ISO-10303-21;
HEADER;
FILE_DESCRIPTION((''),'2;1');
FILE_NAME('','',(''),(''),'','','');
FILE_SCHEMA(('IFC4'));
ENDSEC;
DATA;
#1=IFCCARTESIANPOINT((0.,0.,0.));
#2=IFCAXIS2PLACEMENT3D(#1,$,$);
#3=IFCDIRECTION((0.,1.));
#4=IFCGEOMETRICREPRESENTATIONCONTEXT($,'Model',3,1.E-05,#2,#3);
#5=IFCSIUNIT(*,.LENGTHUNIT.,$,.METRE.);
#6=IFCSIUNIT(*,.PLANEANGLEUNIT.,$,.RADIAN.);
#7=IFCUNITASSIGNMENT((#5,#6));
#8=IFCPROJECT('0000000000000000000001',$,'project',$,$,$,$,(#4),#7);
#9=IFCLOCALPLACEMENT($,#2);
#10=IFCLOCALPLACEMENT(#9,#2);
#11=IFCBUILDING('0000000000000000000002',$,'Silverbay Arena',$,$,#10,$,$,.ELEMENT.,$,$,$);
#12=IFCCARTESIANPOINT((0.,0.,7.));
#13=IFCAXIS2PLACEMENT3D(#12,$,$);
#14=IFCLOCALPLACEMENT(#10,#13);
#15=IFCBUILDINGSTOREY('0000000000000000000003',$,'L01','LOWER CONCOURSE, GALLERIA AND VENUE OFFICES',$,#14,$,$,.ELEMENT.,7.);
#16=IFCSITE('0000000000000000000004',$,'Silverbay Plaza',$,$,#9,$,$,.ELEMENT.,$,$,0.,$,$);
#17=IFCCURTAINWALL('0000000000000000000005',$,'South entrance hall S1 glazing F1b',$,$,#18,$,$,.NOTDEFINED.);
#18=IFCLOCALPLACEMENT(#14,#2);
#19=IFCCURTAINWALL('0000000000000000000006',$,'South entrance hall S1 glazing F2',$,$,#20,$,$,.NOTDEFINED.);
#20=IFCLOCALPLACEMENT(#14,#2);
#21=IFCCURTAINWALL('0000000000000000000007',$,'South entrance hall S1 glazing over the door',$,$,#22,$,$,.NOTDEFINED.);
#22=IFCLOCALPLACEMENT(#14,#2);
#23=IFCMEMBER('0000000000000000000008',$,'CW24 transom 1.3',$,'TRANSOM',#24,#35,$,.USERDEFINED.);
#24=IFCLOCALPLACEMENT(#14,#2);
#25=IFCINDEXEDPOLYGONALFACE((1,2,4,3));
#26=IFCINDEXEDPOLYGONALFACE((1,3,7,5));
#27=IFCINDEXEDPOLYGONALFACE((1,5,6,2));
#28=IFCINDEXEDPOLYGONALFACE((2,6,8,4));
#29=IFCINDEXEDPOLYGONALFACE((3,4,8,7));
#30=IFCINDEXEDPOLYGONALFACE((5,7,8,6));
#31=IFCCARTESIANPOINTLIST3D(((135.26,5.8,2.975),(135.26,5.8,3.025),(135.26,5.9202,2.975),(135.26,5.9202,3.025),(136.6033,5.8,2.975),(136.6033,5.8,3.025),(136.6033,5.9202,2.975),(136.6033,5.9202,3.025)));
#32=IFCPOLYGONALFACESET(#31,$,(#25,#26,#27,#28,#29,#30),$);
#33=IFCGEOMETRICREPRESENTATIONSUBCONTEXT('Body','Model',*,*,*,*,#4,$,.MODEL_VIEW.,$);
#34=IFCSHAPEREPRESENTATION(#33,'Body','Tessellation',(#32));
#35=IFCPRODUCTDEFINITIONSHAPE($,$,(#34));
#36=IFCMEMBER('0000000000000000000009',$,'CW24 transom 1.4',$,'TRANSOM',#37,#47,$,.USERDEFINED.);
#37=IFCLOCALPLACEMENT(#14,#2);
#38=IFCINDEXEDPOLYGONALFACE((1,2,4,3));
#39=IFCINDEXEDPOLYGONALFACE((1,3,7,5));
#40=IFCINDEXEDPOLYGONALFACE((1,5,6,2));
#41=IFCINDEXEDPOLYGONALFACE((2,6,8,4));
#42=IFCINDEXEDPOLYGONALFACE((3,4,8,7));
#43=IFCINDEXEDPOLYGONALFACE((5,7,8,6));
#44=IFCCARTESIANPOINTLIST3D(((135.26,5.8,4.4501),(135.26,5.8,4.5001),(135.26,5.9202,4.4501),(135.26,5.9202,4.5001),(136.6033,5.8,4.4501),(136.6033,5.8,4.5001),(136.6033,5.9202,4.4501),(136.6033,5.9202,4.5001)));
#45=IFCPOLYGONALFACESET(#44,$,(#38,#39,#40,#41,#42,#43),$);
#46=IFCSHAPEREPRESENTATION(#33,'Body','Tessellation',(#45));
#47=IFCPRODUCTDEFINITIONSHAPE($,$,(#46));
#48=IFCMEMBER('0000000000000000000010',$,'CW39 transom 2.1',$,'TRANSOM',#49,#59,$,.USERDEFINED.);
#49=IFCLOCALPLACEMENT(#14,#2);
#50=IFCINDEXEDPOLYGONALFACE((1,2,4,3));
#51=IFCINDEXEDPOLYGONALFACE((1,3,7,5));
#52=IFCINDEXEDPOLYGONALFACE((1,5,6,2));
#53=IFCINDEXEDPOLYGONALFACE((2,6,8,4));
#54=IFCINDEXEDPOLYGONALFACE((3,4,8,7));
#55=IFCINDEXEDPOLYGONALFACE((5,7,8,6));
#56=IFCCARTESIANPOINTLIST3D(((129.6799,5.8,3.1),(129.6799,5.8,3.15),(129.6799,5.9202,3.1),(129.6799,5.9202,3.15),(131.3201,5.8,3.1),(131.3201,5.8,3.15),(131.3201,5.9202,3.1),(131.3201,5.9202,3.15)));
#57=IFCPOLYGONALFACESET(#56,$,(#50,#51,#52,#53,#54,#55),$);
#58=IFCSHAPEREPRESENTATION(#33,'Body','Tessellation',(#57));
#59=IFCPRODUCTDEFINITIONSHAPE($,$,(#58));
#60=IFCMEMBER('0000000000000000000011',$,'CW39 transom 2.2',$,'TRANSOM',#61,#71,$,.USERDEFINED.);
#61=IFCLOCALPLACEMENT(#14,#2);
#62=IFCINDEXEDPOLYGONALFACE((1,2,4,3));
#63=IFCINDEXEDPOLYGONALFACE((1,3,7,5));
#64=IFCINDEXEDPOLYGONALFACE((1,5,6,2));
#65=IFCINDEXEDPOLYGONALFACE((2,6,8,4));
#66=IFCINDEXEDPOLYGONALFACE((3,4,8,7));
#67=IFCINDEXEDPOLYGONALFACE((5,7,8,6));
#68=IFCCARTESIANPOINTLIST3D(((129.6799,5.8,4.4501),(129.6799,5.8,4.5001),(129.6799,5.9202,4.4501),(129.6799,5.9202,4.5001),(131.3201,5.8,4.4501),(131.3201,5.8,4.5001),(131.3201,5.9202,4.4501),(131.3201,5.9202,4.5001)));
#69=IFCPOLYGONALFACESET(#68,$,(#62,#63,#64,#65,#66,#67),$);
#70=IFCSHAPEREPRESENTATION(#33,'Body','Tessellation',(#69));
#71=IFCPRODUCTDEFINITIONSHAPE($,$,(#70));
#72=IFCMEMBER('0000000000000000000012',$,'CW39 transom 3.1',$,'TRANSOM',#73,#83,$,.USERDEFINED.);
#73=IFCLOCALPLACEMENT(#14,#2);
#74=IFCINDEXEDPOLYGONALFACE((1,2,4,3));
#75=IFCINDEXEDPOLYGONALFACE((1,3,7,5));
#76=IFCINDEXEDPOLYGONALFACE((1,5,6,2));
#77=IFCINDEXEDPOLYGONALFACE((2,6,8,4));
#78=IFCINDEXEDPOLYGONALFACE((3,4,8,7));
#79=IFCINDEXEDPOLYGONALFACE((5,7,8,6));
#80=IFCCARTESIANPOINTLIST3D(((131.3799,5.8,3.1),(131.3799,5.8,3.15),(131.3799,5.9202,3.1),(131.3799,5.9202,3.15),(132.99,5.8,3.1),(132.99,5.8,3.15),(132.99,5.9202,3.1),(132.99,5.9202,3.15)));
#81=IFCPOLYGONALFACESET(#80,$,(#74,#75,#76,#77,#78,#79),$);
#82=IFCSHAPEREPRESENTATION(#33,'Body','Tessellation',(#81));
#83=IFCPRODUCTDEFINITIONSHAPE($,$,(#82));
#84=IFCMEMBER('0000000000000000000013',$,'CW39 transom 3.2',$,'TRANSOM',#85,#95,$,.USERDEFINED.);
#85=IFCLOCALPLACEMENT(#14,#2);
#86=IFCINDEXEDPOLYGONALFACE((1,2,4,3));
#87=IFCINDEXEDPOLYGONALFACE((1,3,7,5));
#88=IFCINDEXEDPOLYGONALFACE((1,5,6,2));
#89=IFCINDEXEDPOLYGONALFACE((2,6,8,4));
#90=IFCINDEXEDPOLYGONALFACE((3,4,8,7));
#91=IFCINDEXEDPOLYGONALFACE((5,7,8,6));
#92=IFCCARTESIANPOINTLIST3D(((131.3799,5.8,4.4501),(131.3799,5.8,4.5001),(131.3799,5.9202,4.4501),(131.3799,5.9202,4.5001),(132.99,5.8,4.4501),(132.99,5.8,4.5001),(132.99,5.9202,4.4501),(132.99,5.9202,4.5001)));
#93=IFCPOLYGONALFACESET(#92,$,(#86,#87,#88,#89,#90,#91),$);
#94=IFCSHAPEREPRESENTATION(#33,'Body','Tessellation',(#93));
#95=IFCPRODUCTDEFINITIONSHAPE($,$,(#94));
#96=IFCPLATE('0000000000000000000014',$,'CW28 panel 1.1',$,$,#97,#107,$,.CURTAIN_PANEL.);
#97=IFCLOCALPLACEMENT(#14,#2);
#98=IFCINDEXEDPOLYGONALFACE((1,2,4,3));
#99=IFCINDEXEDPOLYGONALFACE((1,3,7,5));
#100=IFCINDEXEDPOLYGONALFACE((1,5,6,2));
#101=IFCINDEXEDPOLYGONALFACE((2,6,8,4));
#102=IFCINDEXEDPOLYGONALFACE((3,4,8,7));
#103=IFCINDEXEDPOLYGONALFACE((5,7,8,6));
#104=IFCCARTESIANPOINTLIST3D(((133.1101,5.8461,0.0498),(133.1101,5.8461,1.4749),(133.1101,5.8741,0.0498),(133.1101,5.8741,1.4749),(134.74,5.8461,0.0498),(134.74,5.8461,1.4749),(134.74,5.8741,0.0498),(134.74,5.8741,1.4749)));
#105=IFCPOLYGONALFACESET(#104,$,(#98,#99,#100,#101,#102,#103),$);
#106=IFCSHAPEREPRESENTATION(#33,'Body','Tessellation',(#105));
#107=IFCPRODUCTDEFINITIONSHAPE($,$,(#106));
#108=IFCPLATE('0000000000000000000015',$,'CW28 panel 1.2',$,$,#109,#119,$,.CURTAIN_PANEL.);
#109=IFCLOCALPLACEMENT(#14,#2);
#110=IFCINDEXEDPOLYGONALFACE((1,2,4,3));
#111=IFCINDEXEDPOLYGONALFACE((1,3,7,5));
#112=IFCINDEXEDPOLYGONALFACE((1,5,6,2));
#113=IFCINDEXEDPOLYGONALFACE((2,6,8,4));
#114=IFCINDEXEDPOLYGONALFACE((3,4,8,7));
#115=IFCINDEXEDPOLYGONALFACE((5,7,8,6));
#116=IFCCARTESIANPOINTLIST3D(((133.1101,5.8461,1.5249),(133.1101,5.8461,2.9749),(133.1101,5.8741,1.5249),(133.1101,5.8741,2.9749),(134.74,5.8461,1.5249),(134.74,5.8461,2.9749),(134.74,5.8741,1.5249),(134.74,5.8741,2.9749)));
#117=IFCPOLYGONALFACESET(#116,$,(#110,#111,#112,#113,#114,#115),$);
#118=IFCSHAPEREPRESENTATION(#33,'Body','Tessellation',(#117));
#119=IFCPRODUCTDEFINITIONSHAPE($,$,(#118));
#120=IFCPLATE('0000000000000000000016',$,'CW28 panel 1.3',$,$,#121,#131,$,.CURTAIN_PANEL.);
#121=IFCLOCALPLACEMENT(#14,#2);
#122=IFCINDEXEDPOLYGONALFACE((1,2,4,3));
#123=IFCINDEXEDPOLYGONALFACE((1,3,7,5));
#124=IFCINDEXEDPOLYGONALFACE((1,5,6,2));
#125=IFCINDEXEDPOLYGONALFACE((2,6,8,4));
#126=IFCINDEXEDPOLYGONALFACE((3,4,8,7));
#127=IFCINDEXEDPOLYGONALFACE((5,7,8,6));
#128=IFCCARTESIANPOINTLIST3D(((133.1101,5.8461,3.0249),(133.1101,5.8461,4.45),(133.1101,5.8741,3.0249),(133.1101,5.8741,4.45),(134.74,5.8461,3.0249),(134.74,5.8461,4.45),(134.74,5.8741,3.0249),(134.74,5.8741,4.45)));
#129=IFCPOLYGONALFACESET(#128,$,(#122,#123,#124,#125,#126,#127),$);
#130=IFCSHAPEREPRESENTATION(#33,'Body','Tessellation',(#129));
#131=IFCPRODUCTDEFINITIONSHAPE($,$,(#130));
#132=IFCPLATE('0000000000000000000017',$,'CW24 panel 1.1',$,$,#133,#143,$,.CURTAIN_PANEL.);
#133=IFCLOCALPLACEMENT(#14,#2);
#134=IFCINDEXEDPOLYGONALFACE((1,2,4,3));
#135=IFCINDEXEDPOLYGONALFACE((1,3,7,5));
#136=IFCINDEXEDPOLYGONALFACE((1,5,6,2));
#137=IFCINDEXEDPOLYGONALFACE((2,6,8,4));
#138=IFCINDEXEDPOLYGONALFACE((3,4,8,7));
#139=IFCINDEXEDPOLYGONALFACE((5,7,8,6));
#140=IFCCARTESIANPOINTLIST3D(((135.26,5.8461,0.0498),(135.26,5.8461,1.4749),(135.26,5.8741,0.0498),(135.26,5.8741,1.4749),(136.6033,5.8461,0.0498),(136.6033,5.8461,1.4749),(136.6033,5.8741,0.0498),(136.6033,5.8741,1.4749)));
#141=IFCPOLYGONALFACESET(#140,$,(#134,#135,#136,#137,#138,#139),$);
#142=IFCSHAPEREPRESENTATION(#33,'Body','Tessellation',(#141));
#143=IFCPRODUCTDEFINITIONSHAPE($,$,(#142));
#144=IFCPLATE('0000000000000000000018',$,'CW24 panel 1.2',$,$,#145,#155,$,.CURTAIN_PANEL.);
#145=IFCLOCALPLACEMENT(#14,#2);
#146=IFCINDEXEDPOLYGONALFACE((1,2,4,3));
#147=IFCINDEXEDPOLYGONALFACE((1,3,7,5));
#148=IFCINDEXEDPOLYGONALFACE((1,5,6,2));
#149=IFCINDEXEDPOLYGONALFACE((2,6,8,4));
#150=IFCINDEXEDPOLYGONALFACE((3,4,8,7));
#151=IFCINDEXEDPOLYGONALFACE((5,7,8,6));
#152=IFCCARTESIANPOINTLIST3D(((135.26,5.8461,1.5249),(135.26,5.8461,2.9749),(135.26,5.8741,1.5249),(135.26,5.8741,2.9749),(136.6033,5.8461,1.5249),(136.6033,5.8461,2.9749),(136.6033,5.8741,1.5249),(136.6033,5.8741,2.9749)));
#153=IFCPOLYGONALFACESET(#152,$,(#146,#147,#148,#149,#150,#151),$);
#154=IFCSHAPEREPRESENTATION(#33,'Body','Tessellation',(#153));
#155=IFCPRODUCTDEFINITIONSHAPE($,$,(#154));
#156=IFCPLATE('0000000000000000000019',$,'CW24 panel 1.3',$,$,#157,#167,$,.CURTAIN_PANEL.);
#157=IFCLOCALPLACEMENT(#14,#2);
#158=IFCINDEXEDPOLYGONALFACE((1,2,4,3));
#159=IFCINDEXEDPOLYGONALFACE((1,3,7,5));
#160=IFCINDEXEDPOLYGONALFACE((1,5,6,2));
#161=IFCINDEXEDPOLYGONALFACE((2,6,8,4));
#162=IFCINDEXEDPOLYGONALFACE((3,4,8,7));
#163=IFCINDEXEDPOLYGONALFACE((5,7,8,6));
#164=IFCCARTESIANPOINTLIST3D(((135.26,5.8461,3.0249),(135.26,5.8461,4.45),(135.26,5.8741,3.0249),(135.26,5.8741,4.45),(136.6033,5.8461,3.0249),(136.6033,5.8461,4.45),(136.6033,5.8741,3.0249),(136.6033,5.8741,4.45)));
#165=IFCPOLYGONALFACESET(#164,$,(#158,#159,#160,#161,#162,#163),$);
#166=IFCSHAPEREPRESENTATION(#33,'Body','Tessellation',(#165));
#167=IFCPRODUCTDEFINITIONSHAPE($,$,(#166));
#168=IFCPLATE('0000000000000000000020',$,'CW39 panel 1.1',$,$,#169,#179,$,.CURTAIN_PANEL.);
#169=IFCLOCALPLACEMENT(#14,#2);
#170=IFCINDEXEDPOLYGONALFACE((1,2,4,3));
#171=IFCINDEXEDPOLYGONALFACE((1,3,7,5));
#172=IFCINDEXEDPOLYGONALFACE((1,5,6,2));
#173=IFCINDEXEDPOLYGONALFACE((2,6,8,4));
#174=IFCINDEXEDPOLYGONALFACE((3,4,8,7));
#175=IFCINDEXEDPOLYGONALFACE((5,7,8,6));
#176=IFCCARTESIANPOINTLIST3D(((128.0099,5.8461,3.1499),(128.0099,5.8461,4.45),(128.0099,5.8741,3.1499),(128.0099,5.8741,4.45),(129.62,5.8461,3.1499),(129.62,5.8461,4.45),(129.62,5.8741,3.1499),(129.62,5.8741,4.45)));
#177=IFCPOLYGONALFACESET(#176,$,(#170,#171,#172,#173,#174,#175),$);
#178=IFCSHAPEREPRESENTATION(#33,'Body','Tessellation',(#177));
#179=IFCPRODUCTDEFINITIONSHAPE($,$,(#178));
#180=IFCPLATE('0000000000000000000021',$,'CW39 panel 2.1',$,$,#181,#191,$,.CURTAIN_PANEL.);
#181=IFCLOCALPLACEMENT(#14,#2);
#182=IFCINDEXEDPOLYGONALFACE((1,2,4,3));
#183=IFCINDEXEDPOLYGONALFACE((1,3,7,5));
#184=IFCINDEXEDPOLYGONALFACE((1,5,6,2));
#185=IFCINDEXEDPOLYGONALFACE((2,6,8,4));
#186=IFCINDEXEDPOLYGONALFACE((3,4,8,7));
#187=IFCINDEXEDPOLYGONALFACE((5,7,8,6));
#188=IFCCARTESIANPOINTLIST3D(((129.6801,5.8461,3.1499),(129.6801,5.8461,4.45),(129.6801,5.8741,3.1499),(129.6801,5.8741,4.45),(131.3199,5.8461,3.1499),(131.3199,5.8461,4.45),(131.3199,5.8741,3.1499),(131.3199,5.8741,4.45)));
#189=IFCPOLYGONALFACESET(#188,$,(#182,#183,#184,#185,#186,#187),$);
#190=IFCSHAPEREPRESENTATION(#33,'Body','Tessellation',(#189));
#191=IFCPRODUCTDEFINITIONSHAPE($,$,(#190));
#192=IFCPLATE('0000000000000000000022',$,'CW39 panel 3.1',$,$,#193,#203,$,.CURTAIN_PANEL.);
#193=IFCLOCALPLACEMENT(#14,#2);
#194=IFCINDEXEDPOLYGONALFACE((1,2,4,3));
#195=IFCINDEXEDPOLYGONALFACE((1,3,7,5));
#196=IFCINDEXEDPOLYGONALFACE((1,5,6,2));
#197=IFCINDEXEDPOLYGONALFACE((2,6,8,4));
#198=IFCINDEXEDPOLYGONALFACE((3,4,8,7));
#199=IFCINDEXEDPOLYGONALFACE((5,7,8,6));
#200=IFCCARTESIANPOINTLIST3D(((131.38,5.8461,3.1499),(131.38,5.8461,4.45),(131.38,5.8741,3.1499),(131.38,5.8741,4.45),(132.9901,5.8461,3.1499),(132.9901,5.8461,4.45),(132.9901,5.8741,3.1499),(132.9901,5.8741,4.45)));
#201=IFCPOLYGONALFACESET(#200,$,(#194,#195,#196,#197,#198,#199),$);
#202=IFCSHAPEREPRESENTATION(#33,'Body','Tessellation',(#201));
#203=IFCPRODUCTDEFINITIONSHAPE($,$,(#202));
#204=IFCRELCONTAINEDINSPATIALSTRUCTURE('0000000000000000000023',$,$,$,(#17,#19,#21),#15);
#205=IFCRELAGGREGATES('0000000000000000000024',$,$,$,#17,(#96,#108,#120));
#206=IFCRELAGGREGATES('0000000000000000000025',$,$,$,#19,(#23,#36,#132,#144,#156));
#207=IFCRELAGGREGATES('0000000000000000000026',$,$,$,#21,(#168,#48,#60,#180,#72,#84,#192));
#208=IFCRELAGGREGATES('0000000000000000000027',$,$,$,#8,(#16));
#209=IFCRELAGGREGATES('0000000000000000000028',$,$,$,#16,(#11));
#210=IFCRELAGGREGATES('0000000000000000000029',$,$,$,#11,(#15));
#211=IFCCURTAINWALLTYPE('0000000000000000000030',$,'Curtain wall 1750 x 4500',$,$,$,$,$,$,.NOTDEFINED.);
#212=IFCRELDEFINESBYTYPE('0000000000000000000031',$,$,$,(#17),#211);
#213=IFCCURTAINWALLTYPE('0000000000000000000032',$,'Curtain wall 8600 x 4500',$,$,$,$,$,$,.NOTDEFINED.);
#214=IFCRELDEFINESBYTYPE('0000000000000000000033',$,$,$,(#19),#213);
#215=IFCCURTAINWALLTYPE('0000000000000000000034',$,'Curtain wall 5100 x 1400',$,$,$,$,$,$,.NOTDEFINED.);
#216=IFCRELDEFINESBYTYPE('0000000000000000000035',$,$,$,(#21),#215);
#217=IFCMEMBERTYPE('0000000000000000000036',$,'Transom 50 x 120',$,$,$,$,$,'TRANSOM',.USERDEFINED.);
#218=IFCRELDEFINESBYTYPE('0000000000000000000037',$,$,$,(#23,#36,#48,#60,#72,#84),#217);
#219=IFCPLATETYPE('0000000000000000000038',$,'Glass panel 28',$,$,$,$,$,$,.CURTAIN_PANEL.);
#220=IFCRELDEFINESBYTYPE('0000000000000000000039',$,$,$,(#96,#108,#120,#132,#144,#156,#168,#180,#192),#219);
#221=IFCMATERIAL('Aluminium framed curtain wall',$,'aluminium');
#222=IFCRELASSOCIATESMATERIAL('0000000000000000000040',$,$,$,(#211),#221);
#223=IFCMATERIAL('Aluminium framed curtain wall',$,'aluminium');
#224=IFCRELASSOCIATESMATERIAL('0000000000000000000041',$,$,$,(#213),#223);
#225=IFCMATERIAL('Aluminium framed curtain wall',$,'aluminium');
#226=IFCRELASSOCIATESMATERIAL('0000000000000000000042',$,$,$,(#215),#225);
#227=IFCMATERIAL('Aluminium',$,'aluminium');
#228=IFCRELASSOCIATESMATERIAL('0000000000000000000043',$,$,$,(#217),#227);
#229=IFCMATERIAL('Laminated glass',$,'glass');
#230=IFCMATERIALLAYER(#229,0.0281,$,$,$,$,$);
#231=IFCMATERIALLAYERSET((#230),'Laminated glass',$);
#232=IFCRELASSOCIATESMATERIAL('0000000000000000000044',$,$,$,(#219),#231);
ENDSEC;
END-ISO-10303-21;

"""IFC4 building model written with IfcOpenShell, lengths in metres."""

from ifc_helpers import new_model, si_unit, direction, frame, origin, origin_2d, place, context, subcontext, project, spatial, rectangle, extrude, material, layer, layer_set, material_profile, profile_set, type_object, element, aggregate, save


model = new_model("IFC4")

# Units and contexts
model_context = context("Model", 3, precision=1e-05, world=origin(), true_north=direction((0.0, 1.0)))
body_context = subcontext(model_context, "Body", "Model", "MODEL_VIEW")
ifc_project = project(units=[si_unit("LENGTHUNIT", "METRE"), si_unit("PLANEANGLEUNIT", "RADIAN")], contexts=[model_context])

# Site, building, storey
site_placement = place(None, origin())
site = spatial("IfcSite", under=ifc_project, at=site_placement, Name="Silverbay Plaza", CompositionType="ELEMENT", RefElevation=0.0)
building_placement = place(site_placement, origin())
building = spatial("IfcBuilding", under=site, at=building_placement, Name="Silverbay Arena", CompositionType="ELEMENT")
storey_placement = place(building_placement, frame((0.0, 0.0, 7.0)))
storey = spatial("IfcBuildingStorey", under=building, at=storey_placement, Name="L01", Description="LOWER CONCOURSE, GALLERIA AND VENUE OFFICES", CompositionType="ELEMENT", Elevation=7.0)

# Curtain wall
ifc_material_1 = material(Name="Aluminium framed curtain wall", Category="aluminium")
curtain_wall_type_1 = type_object("IfcCurtainWallType", Name="Curtain wall 1750 x 4500", PredefinedType="NOTDEFINED", material=ifc_material_1)
curtain_wall_1_placement = place(storey_placement, origin())
curtain_wall_1 = element("IfcCurtainWall", 1, at=curtain_wall_1_placement, inside=storey, type_object=curtain_wall_type_1, Name="South entrance hall S1 glazing F1b", PredefinedType="NOTDEFINED")

# Curtain wall
ifc_material_2 = material(Name="Aluminium framed curtain wall", Category="aluminium")
curtain_wall_type_2 = type_object("IfcCurtainWallType", Name="Curtain wall 8600 x 4500", PredefinedType="NOTDEFINED", material=ifc_material_2)
curtain_wall_2_placement = place(storey_placement, origin())
curtain_wall_2 = element("IfcCurtainWall", 2, at=curtain_wall_2_placement, inside=storey, type_object=curtain_wall_type_2, Name="South entrance hall S1 glazing F2", PredefinedType="NOTDEFINED")

# Curtain wall
ifc_material_3 = material(Name="Aluminium framed curtain wall", Category="aluminium")
curtain_wall_type_3 = type_object("IfcCurtainWallType", Name="Curtain wall 5100 x 1400", PredefinedType="NOTDEFINED", material=ifc_material_3)
curtain_wall_3_placement = place(storey_placement, origin())
curtain_wall_3 = element("IfcCurtainWall", 3, at=curtain_wall_3_placement, inside=storey, type_object=curtain_wall_type_3, Name="South entrance hall S1 glazing over the door", PredefinedType="NOTDEFINED")

# Members
ifc_material_4 = material(Name="Aluminium", Category="aluminium")
ifc_material_profile_1 = material_profile(ifc_material_4, rectangle(XDim=0.1201, YDim=0.05, at=origin_2d()), Name="Transom 50 x 120")
ifc_profile_set_1 = profile_set([ifc_material_profile_1], Name="Aluminium")
member_type_1 = type_object("IfcMemberType", Name="Transom 50 x 120", ElementType="TRANSOM", PredefinedType="USERDEFINED", material=ifc_profile_set_1)
member_1_placement = place(storey_placement, frame((135.26, 5.8601, 3.0), z_axis=(1.0, 0.0, 0.0), x_axis=(0.0, 1.0, 0.0)))
member_1 = element("IfcMember", 4, at=member_1_placement, type_object=member_type_1, Name="CW24 transom 1.3", ObjectType="TRANSOM", PredefinedType="USERDEFINED", context=body_context, shape_type="SweptSolid", body=[
    extrude(rectangle(XDim=0.1201, YDim=0.05, at=origin_2d()), origin(), (0.0, 0.0, 1.0), 1.3433),
])
member_2_placement = place(storey_placement, frame((135.26, 5.8601, 4.4751), z_axis=(1.0, 0.0, 0.0), x_axis=(0.0, 1.0, 0.0)))
member_2 = element("IfcMember", 5, at=member_2_placement, type_object=member_type_1, Name="CW24 transom 1.4", ObjectType="TRANSOM", PredefinedType="USERDEFINED", context=body_context, shape_type="SweptSolid", body=[
    extrude(rectangle(XDim=0.1201, YDim=0.05, at=origin_2d()), origin(), (0.0, 0.0, 1.0), 1.3433),
])
member_3_placement = place(storey_placement, frame((129.6799, 5.8601, 3.125), z_axis=(1.0, 0.0, 0.0), x_axis=(0.0, 1.0, 0.0)))
member_3 = element("IfcMember", 6, at=member_3_placement, type_object=member_type_1, Name="CW39 transom 2.1", ObjectType="TRANSOM", PredefinedType="USERDEFINED", context=body_context, shape_type="SweptSolid", body=[
    extrude(rectangle(XDim=0.1201, YDim=0.05, at=origin_2d()), origin(), (0.0, 0.0, 1.0), 1.6401),
])
member_4_placement = place(storey_placement, frame((129.6799, 5.8601, 4.4751), z_axis=(1.0, 0.0, 0.0), x_axis=(0.0, 1.0, 0.0)))
member_4 = element("IfcMember", 7, at=member_4_placement, type_object=member_type_1, Name="CW39 transom 2.2", ObjectType="TRANSOM", PredefinedType="USERDEFINED", context=body_context, shape_type="SweptSolid", body=[
    extrude(rectangle(XDim=0.1201, YDim=0.05, at=origin_2d()), origin(), (0.0, 0.0, 1.0), 1.6401),
])
member_5_placement = place(storey_placement, frame((131.3799, 5.8601, 3.125), z_axis=(1.0, 0.0, 0.0), x_axis=(0.0, 1.0, 0.0)))
member_5 = element("IfcMember", 8, at=member_5_placement, type_object=member_type_1, Name="CW39 transom 3.1", ObjectType="TRANSOM", PredefinedType="USERDEFINED", context=body_context, shape_type="SweptSolid", body=[
    extrude(rectangle(XDim=0.1201, YDim=0.05, at=origin_2d()), origin(), (0.0, 0.0, 1.0), 1.6101),
])
member_6_placement = place(storey_placement, frame((131.3799, 5.8601, 4.4751), z_axis=(1.0, 0.0, 0.0), x_axis=(0.0, 1.0, 0.0)))
member_6 = element("IfcMember", 9, at=member_6_placement, type_object=member_type_1, Name="CW39 transom 3.2", ObjectType="TRANSOM", PredefinedType="USERDEFINED", context=body_context, shape_type="SweptSolid", body=[
    extrude(rectangle(XDim=0.1201, YDim=0.05, at=origin_2d()), origin(), (0.0, 0.0, 1.0), 1.6101),
])

# Plates
ifc_material_5 = material(Name="Laminated glass", Category="glass")
ifc_layer = layer(ifc_material_5, 0.0281)
ifc_layer_set = layer_set([ifc_layer], Name="Laminated glass")
plate_type = type_object("IfcPlateType", Name="Glass panel 28", PredefinedType="CURTAIN_PANEL", material=ifc_layer_set)
plate_1_placement = place(storey_placement, frame((133.925, 5.8601, 0.0498), z_axis=(0.0, 0.0, 1.0), x_axis=(1.0, 0.0, 0.0)))
plate_1 = element("IfcPlate", 10, at=plate_1_placement, type_object=plate_type, Name="CW28 panel 1.1", PredefinedType="CURTAIN_PANEL", context=body_context, shape_type="SweptSolid", body=[
    extrude(rectangle(XDim=1.6299, YDim=0.0281, at=origin_2d()), origin(), (0.0, 0.0, 1.0), 1.425),
])
plate_2_placement = place(storey_placement, frame((133.925, 5.8601, 1.5249), z_axis=(0.0, 0.0, 1.0), x_axis=(1.0, 0.0, 0.0)))
plate_2 = element("IfcPlate", 11, at=plate_2_placement, type_object=plate_type, Name="CW28 panel 1.2", PredefinedType="CURTAIN_PANEL", context=body_context, shape_type="SweptSolid", body=[
    extrude(rectangle(XDim=1.6299, YDim=0.0281, at=origin_2d()), origin(), (0.0, 0.0, 1.0), 1.45),
])
plate_3_placement = place(storey_placement, frame((133.925, 5.8601, 3.0249), z_axis=(0.0, 0.0, 1.0), x_axis=(1.0, 0.0, 0.0)))
plate_3 = element("IfcPlate", 12, at=plate_3_placement, type_object=plate_type, Name="CW28 panel 1.3", PredefinedType="CURTAIN_PANEL", context=body_context, shape_type="SweptSolid", body=[
    extrude(rectangle(XDim=1.6299, YDim=0.0281, at=origin_2d()), origin(), (0.0, 0.0, 1.0), 1.425),
])
aggregate(curtain_wall_1, [plate_1, plate_2, plate_3])
plate_4_placement = place(storey_placement, frame((135.9316, 5.8601, 0.0498), z_axis=(0.0, 0.0, 1.0), x_axis=(1.0, 0.0, 0.0)))
plate_4 = element("IfcPlate", 13, at=plate_4_placement, type_object=plate_type, Name="CW24 panel 1.1", PredefinedType="CURTAIN_PANEL", context=body_context, shape_type="SweptSolid", body=[
    extrude(rectangle(XDim=1.3433, YDim=0.0281, at=origin_2d()), origin(), (0.0, 0.0, 1.0), 1.425),
])
plate_5_placement = place(storey_placement, frame((135.9316, 5.8601, 1.5249), z_axis=(0.0, 0.0, 1.0), x_axis=(1.0, 0.0, 0.0)))
plate_5 = element("IfcPlate", 14, at=plate_5_placement, type_object=plate_type, Name="CW24 panel 1.2", PredefinedType="CURTAIN_PANEL", context=body_context, shape_type="SweptSolid", body=[
    extrude(rectangle(XDim=1.3433, YDim=0.0281, at=origin_2d()), origin(), (0.0, 0.0, 1.0), 1.45),
])
plate_6_placement = place(storey_placement, frame((135.9316, 5.8601, 3.0249), z_axis=(0.0, 0.0, 1.0), x_axis=(1.0, 0.0, 0.0)))
plate_6 = element("IfcPlate", 15, at=plate_6_placement, type_object=plate_type, Name="CW24 panel 1.3", PredefinedType="CURTAIN_PANEL", context=body_context, shape_type="SweptSolid", body=[
    extrude(rectangle(XDim=1.3433, YDim=0.0281, at=origin_2d()), origin(), (0.0, 0.0, 1.0), 1.425),
])
aggregate(curtain_wall_2, [member_1, member_2, plate_4, plate_5, plate_6])
plate_7_placement = place(storey_placement, frame((128.8149, 5.8601, 3.1499), z_axis=(0.0, 0.0, 1.0), x_axis=(1.0, 0.0, 0.0)))
plate_7 = element("IfcPlate", 16, at=plate_7_placement, type_object=plate_type, Name="CW39 panel 1.1", PredefinedType="CURTAIN_PANEL", context=body_context, shape_type="SweptSolid", body=[
    extrude(rectangle(XDim=1.6101, YDim=0.0281, at=origin_2d()), origin(), (0.0, 0.0, 1.0), 1.3),
])
plate_8_placement = place(storey_placement, frame((130.5, 5.8601, 3.1499), z_axis=(0.0, 0.0, 1.0), x_axis=(1.0, 0.0, 0.0)))
plate_8 = element("IfcPlate", 17, at=plate_8_placement, type_object=plate_type, Name="CW39 panel 2.1", PredefinedType="CURTAIN_PANEL", context=body_context, shape_type="SweptSolid", body=[
    extrude(rectangle(XDim=1.6399, YDim=0.0281, at=origin_2d()), origin(), (0.0, 0.0, 1.0), 1.3),
])
plate_9_placement = place(storey_placement, frame((132.1851, 5.8601, 3.1499), z_axis=(0.0, 0.0, 1.0), x_axis=(1.0, 0.0, 0.0)))
plate_9 = element("IfcPlate", 18, at=plate_9_placement, type_object=plate_type, Name="CW39 panel 3.1", PredefinedType="CURTAIN_PANEL", context=body_context, shape_type="SweptSolid", body=[
    extrude(rectangle(XDim=1.6101, YDim=0.0281, at=origin_2d()), origin(), (0.0, 0.0, 1.0), 1.3),
])
aggregate(curtain_wall_3, [plate_7, member_3, member_4, plate_8, member_5, member_6, plate_9])

save(model, "model.ifc")
